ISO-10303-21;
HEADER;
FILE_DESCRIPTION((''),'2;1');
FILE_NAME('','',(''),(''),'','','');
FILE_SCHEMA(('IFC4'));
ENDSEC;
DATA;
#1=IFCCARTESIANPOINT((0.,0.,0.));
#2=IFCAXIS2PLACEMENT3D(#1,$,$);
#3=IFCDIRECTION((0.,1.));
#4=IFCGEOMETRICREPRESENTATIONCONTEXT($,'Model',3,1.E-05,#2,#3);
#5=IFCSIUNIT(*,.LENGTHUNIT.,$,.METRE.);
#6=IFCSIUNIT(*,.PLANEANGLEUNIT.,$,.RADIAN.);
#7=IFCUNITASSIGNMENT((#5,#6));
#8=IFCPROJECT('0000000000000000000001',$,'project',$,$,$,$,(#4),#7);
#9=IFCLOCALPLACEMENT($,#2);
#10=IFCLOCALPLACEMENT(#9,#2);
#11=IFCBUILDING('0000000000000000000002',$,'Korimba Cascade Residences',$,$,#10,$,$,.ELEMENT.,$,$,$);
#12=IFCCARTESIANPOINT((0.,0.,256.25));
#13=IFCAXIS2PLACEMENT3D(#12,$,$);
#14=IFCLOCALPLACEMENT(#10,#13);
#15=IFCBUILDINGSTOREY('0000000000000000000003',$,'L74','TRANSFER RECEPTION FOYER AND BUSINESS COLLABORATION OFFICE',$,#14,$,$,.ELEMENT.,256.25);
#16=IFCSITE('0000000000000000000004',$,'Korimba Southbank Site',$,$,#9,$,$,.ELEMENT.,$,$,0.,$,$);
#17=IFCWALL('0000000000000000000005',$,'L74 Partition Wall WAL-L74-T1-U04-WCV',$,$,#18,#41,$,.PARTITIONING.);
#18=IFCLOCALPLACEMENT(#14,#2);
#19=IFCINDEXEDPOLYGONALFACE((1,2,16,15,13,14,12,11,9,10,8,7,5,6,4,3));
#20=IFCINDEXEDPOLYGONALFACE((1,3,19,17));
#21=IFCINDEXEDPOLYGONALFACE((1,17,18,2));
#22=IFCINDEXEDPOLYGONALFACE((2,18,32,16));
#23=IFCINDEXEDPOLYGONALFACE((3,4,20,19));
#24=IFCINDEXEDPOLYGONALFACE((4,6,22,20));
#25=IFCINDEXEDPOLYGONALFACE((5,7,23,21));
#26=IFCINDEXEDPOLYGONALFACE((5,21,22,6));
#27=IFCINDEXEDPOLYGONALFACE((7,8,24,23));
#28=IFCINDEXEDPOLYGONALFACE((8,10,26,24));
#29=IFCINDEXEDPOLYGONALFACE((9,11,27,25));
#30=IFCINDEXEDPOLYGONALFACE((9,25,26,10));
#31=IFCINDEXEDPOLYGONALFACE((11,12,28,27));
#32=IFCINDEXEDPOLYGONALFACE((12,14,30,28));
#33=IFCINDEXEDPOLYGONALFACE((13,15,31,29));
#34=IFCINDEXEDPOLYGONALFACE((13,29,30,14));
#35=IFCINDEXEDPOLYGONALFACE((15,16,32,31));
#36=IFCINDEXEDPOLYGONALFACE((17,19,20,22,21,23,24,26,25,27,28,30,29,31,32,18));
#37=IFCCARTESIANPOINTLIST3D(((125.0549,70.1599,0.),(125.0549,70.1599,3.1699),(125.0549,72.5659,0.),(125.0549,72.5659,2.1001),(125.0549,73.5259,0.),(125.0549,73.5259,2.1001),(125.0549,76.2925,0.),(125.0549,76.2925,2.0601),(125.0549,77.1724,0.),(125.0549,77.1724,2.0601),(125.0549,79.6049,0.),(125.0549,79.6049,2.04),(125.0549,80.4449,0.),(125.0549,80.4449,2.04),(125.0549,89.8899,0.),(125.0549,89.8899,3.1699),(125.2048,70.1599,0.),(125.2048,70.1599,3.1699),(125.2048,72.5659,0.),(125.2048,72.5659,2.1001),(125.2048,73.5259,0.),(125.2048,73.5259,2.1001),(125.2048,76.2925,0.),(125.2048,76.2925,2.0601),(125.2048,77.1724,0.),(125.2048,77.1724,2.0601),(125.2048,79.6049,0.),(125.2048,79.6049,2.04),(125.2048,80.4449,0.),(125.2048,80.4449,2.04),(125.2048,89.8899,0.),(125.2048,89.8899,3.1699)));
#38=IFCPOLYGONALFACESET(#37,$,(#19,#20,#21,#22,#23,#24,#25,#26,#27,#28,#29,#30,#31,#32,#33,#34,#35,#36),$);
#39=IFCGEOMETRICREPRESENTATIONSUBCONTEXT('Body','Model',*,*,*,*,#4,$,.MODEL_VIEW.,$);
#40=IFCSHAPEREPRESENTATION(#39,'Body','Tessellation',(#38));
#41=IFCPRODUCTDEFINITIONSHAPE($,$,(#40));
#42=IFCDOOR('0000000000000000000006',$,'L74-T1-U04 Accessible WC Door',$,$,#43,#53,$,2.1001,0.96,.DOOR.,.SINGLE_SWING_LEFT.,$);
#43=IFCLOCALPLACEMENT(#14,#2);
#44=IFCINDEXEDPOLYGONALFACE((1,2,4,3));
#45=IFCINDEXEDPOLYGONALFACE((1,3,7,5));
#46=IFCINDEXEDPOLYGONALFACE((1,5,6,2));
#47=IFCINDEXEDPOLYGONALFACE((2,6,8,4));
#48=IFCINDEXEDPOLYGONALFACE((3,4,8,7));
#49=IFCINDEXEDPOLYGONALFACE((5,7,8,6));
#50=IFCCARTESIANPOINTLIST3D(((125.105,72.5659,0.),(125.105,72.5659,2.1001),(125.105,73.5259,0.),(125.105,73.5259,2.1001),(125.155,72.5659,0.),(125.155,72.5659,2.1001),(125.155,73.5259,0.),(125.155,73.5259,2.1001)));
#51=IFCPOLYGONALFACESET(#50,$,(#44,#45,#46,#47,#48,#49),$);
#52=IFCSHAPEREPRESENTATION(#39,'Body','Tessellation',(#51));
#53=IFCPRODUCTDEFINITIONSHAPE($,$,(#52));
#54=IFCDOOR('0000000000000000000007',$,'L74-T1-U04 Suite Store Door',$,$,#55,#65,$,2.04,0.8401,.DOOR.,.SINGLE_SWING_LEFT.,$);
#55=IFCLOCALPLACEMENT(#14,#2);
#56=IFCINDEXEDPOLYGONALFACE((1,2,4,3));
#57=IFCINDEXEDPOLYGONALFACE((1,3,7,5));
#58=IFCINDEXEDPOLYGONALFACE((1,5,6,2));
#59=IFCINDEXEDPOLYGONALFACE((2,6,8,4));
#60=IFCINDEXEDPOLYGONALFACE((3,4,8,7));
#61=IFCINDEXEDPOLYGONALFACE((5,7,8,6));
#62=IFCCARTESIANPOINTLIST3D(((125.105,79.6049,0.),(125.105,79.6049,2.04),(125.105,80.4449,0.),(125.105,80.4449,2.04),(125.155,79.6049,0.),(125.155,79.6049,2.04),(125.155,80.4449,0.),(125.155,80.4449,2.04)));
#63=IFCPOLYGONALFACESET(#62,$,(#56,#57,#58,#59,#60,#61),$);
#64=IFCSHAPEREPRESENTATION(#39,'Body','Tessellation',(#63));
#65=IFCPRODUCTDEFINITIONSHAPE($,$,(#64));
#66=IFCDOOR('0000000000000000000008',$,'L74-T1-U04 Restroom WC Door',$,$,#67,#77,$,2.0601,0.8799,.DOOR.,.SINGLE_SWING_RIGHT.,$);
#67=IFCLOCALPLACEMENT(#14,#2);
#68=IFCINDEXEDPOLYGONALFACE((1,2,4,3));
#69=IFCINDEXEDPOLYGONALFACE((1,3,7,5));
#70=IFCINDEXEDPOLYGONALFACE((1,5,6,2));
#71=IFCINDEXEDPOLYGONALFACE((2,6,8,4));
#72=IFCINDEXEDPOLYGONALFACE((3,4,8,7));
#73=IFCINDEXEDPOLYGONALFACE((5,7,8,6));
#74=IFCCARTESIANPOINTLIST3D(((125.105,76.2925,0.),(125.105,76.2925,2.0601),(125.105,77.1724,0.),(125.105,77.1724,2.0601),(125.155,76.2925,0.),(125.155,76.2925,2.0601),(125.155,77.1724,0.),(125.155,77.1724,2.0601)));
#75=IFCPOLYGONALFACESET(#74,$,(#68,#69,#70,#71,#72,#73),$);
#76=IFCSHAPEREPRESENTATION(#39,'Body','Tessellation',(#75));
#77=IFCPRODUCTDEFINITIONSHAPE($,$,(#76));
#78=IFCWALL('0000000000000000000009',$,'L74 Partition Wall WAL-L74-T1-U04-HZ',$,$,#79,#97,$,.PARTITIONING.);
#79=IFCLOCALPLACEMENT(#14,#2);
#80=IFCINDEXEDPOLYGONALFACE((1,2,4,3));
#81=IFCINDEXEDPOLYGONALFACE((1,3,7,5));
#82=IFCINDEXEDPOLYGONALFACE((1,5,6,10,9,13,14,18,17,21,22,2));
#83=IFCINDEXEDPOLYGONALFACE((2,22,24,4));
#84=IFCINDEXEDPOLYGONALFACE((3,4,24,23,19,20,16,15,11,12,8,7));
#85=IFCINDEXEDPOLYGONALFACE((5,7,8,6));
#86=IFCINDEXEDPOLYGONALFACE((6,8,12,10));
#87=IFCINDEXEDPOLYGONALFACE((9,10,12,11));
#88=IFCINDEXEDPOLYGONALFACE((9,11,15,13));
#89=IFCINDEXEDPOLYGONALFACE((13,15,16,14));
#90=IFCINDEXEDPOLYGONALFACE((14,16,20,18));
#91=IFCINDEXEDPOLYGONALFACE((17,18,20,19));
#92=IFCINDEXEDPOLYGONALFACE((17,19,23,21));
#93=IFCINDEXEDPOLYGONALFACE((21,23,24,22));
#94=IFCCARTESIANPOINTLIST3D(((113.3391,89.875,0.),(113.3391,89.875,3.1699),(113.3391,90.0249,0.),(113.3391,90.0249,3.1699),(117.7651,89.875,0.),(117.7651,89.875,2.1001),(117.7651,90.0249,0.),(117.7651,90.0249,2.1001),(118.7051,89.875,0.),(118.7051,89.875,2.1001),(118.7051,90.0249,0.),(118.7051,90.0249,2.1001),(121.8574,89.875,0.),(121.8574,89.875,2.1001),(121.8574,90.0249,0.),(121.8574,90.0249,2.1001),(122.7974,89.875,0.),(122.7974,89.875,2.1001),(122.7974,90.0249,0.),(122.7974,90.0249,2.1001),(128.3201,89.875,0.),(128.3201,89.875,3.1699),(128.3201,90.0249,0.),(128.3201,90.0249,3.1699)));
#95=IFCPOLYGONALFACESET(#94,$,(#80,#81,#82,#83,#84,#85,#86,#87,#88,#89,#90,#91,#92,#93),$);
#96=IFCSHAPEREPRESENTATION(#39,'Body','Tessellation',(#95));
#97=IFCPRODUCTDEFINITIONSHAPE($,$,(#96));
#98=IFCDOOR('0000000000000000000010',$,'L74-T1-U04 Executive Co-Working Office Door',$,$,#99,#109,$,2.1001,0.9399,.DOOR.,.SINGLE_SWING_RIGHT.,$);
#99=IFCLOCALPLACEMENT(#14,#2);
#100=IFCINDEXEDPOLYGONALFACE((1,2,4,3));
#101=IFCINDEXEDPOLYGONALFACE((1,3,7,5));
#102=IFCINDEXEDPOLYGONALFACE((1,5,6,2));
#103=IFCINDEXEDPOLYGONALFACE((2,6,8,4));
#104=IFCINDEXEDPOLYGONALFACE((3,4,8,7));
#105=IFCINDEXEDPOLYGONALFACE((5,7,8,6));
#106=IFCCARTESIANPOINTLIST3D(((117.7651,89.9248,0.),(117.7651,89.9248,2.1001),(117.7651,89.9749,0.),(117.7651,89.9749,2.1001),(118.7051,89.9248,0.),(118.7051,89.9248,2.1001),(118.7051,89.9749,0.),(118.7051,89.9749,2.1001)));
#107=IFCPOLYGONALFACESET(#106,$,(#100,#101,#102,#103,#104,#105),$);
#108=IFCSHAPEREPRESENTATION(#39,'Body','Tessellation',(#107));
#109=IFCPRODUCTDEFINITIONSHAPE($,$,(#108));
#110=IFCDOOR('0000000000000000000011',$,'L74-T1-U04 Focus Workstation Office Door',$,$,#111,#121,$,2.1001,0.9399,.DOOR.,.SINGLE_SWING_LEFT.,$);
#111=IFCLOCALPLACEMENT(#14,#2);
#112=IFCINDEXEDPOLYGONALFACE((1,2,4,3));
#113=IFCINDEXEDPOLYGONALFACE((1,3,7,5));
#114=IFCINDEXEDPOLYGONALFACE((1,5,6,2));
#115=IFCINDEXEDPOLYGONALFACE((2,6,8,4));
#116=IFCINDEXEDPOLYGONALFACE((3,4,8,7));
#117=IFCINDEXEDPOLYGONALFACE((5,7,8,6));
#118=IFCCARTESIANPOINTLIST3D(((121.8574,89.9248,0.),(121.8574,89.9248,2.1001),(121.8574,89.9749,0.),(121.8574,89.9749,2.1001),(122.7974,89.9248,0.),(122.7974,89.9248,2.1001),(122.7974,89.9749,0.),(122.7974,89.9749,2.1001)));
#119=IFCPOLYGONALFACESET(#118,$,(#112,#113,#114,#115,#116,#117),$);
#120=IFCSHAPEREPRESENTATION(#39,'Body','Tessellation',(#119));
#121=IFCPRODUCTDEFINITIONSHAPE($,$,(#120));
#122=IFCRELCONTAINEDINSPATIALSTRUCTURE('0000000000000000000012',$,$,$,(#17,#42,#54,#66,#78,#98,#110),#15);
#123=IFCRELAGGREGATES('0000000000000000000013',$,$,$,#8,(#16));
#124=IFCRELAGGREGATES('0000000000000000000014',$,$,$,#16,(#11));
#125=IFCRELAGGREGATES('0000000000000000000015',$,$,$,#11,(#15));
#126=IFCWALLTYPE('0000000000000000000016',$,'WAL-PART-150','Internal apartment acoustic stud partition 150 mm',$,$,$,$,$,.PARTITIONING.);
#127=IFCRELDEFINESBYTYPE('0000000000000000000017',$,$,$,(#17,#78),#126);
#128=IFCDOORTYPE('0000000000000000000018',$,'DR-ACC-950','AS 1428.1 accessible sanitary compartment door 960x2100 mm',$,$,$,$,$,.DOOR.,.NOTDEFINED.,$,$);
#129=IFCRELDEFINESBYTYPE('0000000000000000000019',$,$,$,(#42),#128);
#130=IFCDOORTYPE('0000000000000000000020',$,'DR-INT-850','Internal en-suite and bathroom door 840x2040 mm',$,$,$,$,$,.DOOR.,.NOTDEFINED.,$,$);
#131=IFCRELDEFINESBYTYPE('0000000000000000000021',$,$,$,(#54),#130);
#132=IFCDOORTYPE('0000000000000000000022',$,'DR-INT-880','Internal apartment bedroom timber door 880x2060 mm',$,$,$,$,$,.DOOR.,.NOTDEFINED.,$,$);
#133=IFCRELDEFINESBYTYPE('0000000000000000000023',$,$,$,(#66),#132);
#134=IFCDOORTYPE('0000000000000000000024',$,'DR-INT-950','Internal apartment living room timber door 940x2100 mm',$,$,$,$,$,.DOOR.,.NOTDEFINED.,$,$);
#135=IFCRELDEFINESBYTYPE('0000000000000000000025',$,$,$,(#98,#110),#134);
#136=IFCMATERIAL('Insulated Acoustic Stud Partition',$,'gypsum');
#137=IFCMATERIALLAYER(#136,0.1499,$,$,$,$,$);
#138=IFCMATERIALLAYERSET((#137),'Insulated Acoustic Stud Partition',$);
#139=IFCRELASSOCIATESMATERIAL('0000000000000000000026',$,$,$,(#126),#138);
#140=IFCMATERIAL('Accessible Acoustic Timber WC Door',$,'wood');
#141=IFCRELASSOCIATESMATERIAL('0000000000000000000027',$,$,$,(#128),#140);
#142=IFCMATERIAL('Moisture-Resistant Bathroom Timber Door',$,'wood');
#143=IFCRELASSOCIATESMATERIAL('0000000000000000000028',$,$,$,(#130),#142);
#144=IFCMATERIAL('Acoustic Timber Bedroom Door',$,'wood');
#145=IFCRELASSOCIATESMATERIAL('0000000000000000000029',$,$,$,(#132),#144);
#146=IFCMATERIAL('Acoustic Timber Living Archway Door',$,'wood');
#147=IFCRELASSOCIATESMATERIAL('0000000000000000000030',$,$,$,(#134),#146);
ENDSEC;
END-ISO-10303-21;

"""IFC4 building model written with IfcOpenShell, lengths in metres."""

from ifc_helpers import new_model, si_unit, direction, frame, frame_2d, origin, place, context, subcontext, project, spatial, rectangle, extrude, material, layer, layer_set, type_object, element, fill, save


model = new_model("IFC4")

# Units and contexts
model_context = context("Model", 3, precision=1e-05, world=origin(), true_north=direction((0.0, 1.0)))
body_context = subcontext(model_context, "Body", "Model", "MODEL_VIEW")
ifc_project = project(units=[si_unit("LENGTHUNIT", "METRE"), si_unit("PLANEANGLEUNIT", "RADIAN")], contexts=[model_context])

# Site, building, storey
site_placement = place(None, origin())
site = spatial("IfcSite", under=ifc_project, at=site_placement, Name="Korimba Southbank Site", CompositionType="ELEMENT", RefElevation=0.0)
building_placement = place(site_placement, origin())
building = spatial("IfcBuilding", under=site, at=building_placement, Name="Korimba Cascade Residences", CompositionType="ELEMENT")
storey_placement = place(building_placement, frame((0.0, 0.0, 256.25)))
storey = spatial("IfcBuildingStorey", under=building, at=storey_placement, Name="L74", Description="TRANSFER RECEPTION FOYER AND BUSINESS COLLABORATION OFFICE", CompositionType="ELEMENT", Elevation=256.25)

# Shared definitions
ifc_material_1 = material(Name="Insulated Acoustic Stud Partition", Category="gypsum")
ifc_layer_1 = layer(ifc_material_1, 0.1499)
ifc_layer_set_1 = layer_set([ifc_layer_1], Name="Insulated Acoustic Stud Partition")
wall_type_1 = type_object("IfcWallType", Name="WAL-PART-150", Description="Internal apartment acoustic stud partition 150 mm", PredefinedType="PARTITIONING", material=ifc_layer_set_1)

# Walls, openings, doors
wall_1_placement = place(storey_placement, frame((125.1299, 70.1599, 0.0), z_axis=(0.0, 0.0, 1.0), x_axis=(0.0, 1.0, 0.0)))
wall_1 = element("IfcWall", 1, at=wall_1_placement, inside=storey, type_object=wall_type_1, Name="L74 Partition Wall WAL-L74-T1-U04-WCV", PredefinedType="PARTITIONING", context=body_context, shape_type="SweptSolid", body=[
    extrude(rectangle(XDim=19.73, YDim=0.1499, at=frame_2d((9.865, 0.0))), origin(), (0.0, 0.0, 1.0), 3.1699),
])
opening_1_placement = place(wall_1_placement, frame((2.406, 0.0, 0.0)))
opening_1 = element("IfcOpeningElement", 2, at=opening_1_placement, cuts=wall_1, PredefinedType="OPENING", context=body_context, shape_type="SweptSolid", body=[
    extrude(rectangle(XDim=0.96, YDim=2.1001, at=frame_2d((0.48, 1.05))), frame((0.0, 0.085, 0.0), z_axis=(0.0, -1.0, 0.0), x_axis=(1.0, 0.0, 0.0)), (0.0, 0.0, 1.0), 0.1699),
])
opening_2_placement = place(wall_1_placement, frame((6.1326, 0.0, 0.0)))
opening_2 = element("IfcOpeningElement", 3, at=opening_2_placement, cuts=wall_1, PredefinedType="OPENING", context=body_context, shape_type="SweptSolid", body=[
    extrude(rectangle(XDim=0.8799, YDim=2.0601, at=frame_2d((0.4399, 1.03))), frame((0.0, 0.085, 0.0), z_axis=(0.0, -1.0, 0.0), x_axis=(1.0, 0.0, 0.0)), (0.0, 0.0, 1.0), 0.1699),
])
opening_3_placement = place(wall_1_placement, frame((9.4451, 0.0, 0.0)))
opening_3 = element("IfcOpeningElement", 4, at=opening_3_placement, cuts=wall_1, PredefinedType="OPENING", context=body_context, shape_type="SweptSolid", body=[
    extrude(rectangle(XDim=0.8401, YDim=2.04, at=frame_2d((0.4199, 1.02))), frame((0.0, 0.085, 0.0), z_axis=(0.0, -1.0, 0.0), x_axis=(1.0, 0.0, 0.0)), (0.0, 0.0, 1.0), 0.1699),
])
ifc_material_2 = material(Name="Accessible Acoustic Timber WC Door", Category="wood")
door_type_1 = type_object("IfcDoorType", Name="DR-ACC-950", Description="AS 1428.1 accessible sanitary compartment door 960x2100 mm", OperationType="NOTDEFINED", PredefinedType="DOOR", material=ifc_material_2)
door_1_placement = place(opening_1_placement, origin())
door_1 = element("IfcDoor", 5, at=door_1_placement, inside=storey, type_object=door_type_1, Name="L74-T1-U04 Accessible WC Door", OperationType="SINGLE_SWING_LEFT", OverallHeight=2.1001, OverallWidth=0.96, PredefinedType="DOOR", context=body_context, shape_type="SweptSolid", body=[
    extrude(rectangle(XDim=0.96, YDim=2.1001, at=frame_2d((0.48, 1.05))), frame((0.0, 0.0249, 0.0), z_axis=(0.0, -1.0, 0.0), x_axis=(1.0, 0.0, 0.0)), (0.0, 0.0, 1.0), 0.05),
])
fill(opening_1, door_1)
ifc_material_3 = material(Name="Moisture-Resistant Bathroom Timber Door", Category="wood")
door_type_2 = type_object("IfcDoorType", Name="DR-INT-850", Description="Internal en-suite and bathroom door 840x2040 mm", OperationType="NOTDEFINED", PredefinedType="DOOR", material=ifc_material_3)
door_2_placement = place(opening_3_placement, origin())
door_2 = element("IfcDoor", 6, at=door_2_placement, inside=storey, type_object=door_type_2, Name="L74-T1-U04 Suite Store Door", OperationType="SINGLE_SWING_LEFT", OverallHeight=2.04, OverallWidth=0.8401, PredefinedType="DOOR", context=body_context, shape_type="SweptSolid", body=[
    extrude(rectangle(XDim=0.8401, YDim=2.04, at=frame_2d((0.4199, 1.02))), frame((0.0, 0.0249, 0.0), z_axis=(0.0, -1.0, 0.0), x_axis=(1.0, 0.0, 0.0)), (0.0, 0.0, 1.0), 0.05),
])
fill(opening_3, door_2)
ifc_material_4 = material(Name="Acoustic Timber Bedroom Door", Category="wood")
door_type_3 = type_object("IfcDoorType", Name="DR-INT-880", Description="Internal apartment bedroom timber door 880x2060 mm", OperationType="NOTDEFINED", PredefinedType="DOOR", material=ifc_material_4)
door_3_placement = place(opening_2_placement, origin())
door_3 = element("IfcDoor", 7, at=door_3_placement, inside=storey, type_object=door_type_3, Name="L74-T1-U04 Restroom WC Door", OperationType="SINGLE_SWING_RIGHT", OverallHeight=2.0601, OverallWidth=0.8799, PredefinedType="DOOR", context=body_context, shape_type="SweptSolid", body=[
    extrude(rectangle(XDim=0.8799, YDim=2.0601, at=frame_2d((0.4399, 1.03))), frame((0.0, 0.0249, 0.0), z_axis=(0.0, -1.0, 0.0), x_axis=(1.0, 0.0, 0.0)), (0.0, 0.0, 1.0), 0.05),
])
fill(opening_2, door_3)
wall_2_placement = place(storey_placement, frame((113.3391, 89.95, 0.0), z_axis=(0.0, 0.0, 1.0), x_axis=(1.0, 0.0, 0.0)))
wall_2 = element("IfcWall", 8, at=wall_2_placement, inside=storey, type_object=wall_type_1, Name="L74 Partition Wall WAL-L74-T1-U04-HZ", PredefinedType="PARTITIONING", context=body_context, shape_type="SweptSolid", body=[
    extrude(rectangle(XDim=14.981, YDim=0.1499, at=frame_2d((7.4905, 0.0))), origin(), (0.0, 0.0, 1.0), 3.1699),
])
opening_4_placement = place(wall_2_placement, frame((4.426, 0.0, 0.0)))
opening_4 = element("IfcOpeningElement", 9, at=opening_4_placement, cuts=wall_2, PredefinedType="OPENING", context=body_context, shape_type="SweptSolid", body=[
    extrude(rectangle(XDim=0.9399, YDim=2.1001, at=frame_2d((0.47, 1.05))), frame((0.0, 0.085, 0.0), z_axis=(0.0, -1.0, 0.0), x_axis=(1.0, 0.0, 0.0)), (0.0, 0.0, 1.0), 0.1699),
])
opening_5_placement = place(wall_2_placement, frame((8.5183, 0.0, 0.0)))
opening_5 = element("IfcOpeningElement", 10, at=opening_5_placement, cuts=wall_2, PredefinedType="OPENING", context=body_context, shape_type="SweptSolid", body=[
    extrude(rectangle(XDim=0.9399, YDim=2.1001, at=frame_2d((0.47, 1.05))), frame((0.0, 0.085, 0.0), z_axis=(0.0, -1.0, 0.0), x_axis=(1.0, 0.0, 0.0)), (0.0, 0.0, 1.0), 0.1699),
])
ifc_material_5 = material(Name="Acoustic Timber Living Archway Door", Category="wood")
door_type_4 = type_object("IfcDoorType", Name="DR-INT-950", Description="Internal apartment living room timber door 940x2100 mm", OperationType="NOTDEFINED", PredefinedType="DOOR", material=ifc_material_5)
door_4_placement = place(opening_4_placement, origin())
door_4 = element("IfcDoor", 11, at=door_4_placement, inside=storey, type_object=door_type_4, Name="L74-T1-U04 Executive Co-Working Office Door", OperationType="SINGLE_SWING_RIGHT", OverallHeight=2.1001, OverallWidth=0.9399, PredefinedType="DOOR", context=body_context, shape_type="SweptSolid", body=[
    extrude(rectangle(XDim=0.9399, YDim=2.1001, at=frame_2d((0.47, 1.05))), frame((0.0, 0.0249, 0.0), z_axis=(0.0, -1.0, 0.0), x_axis=(1.0, 0.0, 0.0)), (0.0, 0.0, 1.0), 0.05),
])
fill(opening_4, door_4)
door_5_placement = place(opening_5_placement, origin())
door_5 = element("IfcDoor", 12, at=door_5_placement, inside=storey, type_object=door_type_4, Name="L74-T1-U04 Focus Workstation Office Door", OperationType="SINGLE_SWING_LEFT", OverallHeight=2.1001, OverallWidth=0.9399, PredefinedType="DOOR", context=body_context, shape_type="SweptSolid", body=[
    extrude(rectangle(XDim=0.9399, YDim=2.1001, at=frame_2d((0.47, 1.05))), frame((0.0, 0.0249, 0.0), z_axis=(0.0, -1.0, 0.0), x_axis=(1.0, 0.0, 0.0)), (0.0, 0.0, 1.0), 0.05),
])
fill(opening_5, door_5)

save(model, "model.ifc")
